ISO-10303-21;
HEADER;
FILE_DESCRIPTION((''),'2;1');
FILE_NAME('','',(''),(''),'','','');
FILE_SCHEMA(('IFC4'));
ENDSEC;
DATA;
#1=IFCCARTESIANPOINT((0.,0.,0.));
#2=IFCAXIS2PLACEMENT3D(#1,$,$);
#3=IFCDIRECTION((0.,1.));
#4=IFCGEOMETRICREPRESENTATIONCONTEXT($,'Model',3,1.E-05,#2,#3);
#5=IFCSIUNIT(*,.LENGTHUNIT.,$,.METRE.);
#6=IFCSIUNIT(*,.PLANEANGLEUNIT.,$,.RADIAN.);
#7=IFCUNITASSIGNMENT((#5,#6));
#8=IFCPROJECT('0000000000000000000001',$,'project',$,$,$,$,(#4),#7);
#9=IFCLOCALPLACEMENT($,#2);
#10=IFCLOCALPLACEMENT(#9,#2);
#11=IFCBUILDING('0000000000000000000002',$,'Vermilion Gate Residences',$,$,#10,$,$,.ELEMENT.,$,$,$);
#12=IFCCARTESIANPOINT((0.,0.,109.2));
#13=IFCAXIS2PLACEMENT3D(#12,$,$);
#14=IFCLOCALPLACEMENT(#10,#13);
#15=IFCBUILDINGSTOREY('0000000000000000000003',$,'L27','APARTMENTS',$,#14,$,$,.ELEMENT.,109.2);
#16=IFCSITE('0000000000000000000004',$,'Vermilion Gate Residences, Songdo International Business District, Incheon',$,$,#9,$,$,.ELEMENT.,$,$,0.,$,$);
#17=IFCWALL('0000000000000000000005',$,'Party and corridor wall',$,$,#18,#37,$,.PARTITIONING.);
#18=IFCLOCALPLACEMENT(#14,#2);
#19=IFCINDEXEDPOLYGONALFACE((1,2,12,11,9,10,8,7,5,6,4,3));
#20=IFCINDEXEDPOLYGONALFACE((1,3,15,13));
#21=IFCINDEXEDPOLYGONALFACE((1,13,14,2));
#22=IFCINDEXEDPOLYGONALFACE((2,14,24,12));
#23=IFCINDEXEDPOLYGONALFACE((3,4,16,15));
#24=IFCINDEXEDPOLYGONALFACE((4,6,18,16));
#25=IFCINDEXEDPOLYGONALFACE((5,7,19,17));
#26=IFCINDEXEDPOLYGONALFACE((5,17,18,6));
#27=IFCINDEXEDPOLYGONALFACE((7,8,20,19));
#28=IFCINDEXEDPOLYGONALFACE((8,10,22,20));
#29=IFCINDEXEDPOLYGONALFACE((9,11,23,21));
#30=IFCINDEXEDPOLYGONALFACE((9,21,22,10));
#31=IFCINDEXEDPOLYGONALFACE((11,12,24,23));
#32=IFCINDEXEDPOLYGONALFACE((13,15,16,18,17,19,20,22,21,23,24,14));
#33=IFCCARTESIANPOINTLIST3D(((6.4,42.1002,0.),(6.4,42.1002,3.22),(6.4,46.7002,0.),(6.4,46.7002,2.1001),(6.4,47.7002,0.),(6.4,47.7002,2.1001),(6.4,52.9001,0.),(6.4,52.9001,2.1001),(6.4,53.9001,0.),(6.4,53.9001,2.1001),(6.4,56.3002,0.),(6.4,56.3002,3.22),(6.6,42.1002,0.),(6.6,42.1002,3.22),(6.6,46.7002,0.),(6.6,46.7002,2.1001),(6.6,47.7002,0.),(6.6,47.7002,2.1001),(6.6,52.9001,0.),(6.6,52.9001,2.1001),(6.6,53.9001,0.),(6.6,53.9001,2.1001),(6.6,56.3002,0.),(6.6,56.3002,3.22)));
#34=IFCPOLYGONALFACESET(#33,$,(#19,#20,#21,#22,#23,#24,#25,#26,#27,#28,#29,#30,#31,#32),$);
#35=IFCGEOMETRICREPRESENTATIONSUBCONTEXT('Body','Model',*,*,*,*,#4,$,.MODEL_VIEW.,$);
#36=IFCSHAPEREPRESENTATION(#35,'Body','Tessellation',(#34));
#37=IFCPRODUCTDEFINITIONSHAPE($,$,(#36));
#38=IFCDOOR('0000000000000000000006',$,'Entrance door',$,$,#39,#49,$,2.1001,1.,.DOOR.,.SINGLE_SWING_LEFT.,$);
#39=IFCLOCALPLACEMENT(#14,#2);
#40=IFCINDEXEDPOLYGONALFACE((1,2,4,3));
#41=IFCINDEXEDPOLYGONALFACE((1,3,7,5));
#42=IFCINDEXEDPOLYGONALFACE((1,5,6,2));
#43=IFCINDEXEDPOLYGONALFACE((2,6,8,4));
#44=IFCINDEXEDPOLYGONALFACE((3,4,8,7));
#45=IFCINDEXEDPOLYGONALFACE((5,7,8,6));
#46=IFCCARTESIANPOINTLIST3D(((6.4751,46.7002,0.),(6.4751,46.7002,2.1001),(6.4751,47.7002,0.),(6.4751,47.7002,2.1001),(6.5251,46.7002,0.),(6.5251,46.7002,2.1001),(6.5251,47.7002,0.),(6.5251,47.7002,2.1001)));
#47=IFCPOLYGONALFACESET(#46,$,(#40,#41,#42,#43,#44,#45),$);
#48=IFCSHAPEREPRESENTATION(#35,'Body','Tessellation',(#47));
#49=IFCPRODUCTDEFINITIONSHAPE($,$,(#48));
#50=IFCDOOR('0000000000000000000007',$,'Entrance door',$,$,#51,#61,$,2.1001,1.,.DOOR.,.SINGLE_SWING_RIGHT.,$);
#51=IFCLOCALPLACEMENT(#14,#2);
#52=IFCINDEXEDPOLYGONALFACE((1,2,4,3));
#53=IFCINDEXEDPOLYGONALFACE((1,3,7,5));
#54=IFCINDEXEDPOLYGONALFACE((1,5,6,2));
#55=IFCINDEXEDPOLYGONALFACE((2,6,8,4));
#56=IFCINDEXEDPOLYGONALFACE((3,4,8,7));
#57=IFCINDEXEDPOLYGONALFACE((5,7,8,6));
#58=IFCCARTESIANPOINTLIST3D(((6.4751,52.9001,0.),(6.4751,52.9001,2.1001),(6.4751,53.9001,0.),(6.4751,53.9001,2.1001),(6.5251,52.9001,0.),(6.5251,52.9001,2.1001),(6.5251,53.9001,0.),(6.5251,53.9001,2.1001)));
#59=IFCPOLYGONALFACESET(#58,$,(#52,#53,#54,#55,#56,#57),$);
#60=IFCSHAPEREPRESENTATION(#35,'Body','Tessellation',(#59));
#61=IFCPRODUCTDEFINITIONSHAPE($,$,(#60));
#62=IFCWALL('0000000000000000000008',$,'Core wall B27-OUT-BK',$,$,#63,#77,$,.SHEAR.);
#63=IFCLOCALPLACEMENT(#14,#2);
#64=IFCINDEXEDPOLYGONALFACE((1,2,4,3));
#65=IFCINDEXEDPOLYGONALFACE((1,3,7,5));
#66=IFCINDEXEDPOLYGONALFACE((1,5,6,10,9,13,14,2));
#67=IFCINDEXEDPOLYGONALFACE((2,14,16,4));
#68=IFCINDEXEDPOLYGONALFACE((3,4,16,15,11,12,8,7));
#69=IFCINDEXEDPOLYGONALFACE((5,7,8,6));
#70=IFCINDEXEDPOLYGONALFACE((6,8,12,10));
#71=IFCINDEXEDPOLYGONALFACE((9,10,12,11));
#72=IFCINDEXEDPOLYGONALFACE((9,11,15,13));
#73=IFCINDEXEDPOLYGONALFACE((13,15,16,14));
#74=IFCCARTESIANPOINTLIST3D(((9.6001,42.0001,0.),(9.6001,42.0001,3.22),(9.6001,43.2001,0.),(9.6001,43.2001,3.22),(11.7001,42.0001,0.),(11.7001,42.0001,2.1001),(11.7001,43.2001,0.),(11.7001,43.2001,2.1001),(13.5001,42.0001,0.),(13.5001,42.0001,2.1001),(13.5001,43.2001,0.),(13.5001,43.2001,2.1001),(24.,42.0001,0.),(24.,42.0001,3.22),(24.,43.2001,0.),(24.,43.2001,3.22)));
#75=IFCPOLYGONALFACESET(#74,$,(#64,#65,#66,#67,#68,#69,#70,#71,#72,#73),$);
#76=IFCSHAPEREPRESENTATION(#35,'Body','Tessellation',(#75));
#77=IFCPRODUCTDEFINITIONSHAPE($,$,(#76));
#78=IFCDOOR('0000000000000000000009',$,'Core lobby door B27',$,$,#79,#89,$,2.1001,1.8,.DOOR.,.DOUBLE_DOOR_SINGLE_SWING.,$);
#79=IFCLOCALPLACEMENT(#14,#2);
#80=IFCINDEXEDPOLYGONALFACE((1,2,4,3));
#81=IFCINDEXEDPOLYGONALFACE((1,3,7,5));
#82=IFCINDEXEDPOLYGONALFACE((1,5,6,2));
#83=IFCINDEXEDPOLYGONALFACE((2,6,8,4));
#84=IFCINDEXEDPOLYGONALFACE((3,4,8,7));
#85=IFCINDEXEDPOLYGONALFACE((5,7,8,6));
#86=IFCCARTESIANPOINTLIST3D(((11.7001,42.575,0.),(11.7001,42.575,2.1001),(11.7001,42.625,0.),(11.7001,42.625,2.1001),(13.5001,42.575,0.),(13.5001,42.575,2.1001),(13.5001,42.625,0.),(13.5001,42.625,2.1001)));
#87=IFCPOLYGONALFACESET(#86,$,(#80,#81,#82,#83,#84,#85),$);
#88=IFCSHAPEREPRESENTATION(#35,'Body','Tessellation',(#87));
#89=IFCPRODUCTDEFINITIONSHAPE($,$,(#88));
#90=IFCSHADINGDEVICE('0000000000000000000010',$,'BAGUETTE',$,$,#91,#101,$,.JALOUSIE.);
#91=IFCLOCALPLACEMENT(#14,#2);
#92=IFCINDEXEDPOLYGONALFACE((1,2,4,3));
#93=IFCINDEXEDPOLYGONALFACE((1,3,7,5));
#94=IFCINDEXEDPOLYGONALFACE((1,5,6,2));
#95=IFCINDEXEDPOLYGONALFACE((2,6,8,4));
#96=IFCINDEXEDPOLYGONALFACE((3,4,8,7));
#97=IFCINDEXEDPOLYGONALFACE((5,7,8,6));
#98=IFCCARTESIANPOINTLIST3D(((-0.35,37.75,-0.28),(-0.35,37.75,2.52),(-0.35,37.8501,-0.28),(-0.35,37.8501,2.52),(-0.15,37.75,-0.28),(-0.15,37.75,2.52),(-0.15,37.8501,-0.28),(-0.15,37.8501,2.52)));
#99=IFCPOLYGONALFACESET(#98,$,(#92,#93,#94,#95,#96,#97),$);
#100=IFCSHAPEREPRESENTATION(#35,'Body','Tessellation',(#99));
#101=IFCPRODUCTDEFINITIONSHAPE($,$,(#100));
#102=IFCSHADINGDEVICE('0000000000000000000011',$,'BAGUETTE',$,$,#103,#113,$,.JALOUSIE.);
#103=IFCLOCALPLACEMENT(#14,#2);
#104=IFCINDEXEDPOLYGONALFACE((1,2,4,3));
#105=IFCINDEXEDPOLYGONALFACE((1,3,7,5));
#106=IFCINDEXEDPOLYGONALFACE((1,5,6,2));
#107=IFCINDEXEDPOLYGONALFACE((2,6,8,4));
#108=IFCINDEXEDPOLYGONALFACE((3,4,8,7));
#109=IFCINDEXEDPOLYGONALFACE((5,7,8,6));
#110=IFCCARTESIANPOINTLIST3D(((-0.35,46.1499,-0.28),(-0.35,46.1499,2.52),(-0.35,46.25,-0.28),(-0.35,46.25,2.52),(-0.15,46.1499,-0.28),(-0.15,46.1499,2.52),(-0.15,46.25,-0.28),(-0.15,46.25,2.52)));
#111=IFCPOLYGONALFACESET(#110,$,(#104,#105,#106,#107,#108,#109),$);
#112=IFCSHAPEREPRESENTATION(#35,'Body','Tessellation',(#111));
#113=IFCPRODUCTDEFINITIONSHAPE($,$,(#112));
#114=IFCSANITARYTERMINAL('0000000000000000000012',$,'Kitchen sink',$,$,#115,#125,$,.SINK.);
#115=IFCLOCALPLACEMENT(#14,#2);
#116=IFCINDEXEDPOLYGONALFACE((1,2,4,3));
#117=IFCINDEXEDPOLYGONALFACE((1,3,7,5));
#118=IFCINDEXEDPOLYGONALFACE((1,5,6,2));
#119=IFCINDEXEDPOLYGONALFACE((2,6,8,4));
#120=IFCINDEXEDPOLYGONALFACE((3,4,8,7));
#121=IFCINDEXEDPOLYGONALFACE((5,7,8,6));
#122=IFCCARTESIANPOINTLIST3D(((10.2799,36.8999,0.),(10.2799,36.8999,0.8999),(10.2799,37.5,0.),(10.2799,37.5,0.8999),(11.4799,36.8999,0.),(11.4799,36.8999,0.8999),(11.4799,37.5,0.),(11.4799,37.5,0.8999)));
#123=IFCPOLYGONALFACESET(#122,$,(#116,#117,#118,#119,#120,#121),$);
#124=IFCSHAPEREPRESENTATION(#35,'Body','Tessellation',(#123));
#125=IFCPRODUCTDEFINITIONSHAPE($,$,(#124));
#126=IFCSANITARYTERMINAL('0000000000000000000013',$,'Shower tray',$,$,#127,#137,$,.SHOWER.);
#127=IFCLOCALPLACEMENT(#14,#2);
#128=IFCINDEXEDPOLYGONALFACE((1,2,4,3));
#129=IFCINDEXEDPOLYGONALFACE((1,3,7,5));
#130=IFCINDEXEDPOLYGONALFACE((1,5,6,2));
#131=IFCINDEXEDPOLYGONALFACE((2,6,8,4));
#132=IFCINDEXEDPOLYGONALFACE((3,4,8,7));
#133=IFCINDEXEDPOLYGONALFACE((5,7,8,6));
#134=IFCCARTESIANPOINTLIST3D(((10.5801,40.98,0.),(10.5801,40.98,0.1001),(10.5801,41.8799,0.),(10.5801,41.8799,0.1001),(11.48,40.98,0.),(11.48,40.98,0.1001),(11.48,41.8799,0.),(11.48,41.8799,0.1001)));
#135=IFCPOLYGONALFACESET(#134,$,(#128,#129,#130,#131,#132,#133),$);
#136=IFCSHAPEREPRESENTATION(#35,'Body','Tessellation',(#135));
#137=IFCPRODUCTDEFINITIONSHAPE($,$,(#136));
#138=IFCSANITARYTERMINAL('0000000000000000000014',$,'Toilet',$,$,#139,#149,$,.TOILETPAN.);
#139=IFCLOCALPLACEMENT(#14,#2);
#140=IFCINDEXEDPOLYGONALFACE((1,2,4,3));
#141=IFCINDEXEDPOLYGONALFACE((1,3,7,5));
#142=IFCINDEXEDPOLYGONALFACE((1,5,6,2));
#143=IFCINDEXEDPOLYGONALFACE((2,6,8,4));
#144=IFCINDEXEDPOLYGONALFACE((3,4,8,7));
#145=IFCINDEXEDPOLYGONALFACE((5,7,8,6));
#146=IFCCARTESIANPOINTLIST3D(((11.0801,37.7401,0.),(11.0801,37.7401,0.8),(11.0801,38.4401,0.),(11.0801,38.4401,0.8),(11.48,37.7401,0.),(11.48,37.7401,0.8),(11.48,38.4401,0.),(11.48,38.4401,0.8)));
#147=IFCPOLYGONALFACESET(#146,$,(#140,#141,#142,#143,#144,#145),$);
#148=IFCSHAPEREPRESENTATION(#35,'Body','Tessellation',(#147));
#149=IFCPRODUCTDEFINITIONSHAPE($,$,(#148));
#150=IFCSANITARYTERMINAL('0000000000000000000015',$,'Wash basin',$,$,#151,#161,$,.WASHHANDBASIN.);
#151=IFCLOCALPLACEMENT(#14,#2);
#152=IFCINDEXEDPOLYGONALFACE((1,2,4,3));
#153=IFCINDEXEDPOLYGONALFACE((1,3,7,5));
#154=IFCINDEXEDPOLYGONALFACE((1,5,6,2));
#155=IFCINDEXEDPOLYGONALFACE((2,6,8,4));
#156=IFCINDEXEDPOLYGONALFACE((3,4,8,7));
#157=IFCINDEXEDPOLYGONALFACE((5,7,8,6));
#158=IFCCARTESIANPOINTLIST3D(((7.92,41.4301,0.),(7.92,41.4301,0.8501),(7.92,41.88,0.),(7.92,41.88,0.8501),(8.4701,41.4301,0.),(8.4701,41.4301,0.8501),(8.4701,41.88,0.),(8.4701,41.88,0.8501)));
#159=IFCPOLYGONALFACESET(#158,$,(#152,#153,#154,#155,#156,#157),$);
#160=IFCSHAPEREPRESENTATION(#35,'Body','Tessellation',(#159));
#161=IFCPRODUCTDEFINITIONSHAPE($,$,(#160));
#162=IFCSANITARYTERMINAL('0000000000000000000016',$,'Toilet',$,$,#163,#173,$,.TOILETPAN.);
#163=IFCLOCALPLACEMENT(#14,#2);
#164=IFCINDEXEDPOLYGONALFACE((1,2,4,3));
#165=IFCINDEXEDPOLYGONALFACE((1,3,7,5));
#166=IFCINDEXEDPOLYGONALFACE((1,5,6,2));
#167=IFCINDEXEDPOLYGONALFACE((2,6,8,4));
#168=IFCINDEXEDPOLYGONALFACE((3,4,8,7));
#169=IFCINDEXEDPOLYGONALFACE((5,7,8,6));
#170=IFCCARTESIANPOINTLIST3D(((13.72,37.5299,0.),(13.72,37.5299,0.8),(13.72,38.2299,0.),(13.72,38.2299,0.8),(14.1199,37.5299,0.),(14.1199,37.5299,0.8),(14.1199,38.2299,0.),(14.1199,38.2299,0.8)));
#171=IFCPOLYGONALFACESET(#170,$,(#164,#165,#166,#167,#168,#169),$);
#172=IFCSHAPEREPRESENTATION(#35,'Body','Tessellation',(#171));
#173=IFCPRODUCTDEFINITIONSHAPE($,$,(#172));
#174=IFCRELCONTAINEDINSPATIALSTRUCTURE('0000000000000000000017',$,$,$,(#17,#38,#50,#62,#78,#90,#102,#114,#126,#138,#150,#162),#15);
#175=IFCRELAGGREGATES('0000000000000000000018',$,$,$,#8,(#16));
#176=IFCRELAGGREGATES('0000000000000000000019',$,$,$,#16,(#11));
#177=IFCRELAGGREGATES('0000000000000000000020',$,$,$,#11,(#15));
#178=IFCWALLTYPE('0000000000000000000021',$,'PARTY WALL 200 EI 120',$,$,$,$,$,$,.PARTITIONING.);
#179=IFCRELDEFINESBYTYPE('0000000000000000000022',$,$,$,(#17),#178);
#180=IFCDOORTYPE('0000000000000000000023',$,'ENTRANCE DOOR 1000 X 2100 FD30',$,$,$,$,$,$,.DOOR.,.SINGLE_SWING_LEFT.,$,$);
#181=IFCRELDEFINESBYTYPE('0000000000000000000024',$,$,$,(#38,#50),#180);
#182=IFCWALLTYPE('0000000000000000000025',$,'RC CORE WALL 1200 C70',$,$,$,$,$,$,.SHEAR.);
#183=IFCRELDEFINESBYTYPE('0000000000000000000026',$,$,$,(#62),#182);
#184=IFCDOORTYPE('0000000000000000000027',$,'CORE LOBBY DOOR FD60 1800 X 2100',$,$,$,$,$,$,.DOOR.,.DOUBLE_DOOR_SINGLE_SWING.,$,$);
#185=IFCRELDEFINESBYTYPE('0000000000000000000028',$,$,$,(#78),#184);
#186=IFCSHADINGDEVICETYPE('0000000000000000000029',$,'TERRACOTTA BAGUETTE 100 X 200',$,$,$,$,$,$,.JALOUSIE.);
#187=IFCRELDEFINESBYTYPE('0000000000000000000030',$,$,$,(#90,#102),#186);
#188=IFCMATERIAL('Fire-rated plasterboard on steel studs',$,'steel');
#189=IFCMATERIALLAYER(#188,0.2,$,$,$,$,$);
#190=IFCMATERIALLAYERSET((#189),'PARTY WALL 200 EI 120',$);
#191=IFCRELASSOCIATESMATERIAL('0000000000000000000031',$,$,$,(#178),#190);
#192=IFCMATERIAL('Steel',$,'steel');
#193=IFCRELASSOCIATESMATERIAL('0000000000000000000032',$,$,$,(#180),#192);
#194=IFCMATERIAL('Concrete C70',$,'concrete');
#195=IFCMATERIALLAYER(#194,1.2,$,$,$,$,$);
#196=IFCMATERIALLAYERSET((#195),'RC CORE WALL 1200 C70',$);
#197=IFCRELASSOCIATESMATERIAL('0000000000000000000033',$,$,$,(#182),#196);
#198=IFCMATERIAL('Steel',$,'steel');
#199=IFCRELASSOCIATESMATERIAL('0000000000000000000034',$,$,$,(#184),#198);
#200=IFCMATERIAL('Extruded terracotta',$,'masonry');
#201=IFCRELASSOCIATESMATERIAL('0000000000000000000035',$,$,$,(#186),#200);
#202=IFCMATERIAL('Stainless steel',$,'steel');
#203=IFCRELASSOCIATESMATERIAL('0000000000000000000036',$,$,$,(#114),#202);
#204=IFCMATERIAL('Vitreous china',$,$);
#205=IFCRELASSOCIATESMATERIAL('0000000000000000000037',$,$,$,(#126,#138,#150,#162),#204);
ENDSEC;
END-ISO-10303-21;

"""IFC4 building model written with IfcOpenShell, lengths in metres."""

from ifc_helpers import new_model, si_unit, direction, frame, frame_2d, origin, origin_2d, place, context, subcontext, project, spatial, rectangle, extrude, material, layer, layer_set, material_profile, profile_set, type_object, element, fill, save


model = new_model("IFC4")

# Units and contexts
model_context = context("Model", 3, precision=1e-05, world=origin(), true_north=direction((0.0, 1.0)))
body_context = subcontext(model_context, "Body", "Model", "MODEL_VIEW")
ifc_project = project(units=[si_unit("LENGTHUNIT", "METRE"), si_unit("PLANEANGLEUNIT", "RADIAN")], contexts=[model_context])

# Site, building, storey
site_placement = place(None, origin())
site = spatial("IfcSite", under=ifc_project, at=site_placement, Name="Vermilion Gate Residences, Songdo International Business District, Incheon", CompositionType="ELEMENT", RefElevation=0.0)
building_placement = place(site_placement, origin())
building = spatial("IfcBuilding", under=site, at=building_placement, Name="Vermilion Gate Residences", CompositionType="ELEMENT")
storey_placement = place(building_placement, frame((0.0, 0.0, 109.2)))
storey = spatial("IfcBuildingStorey", under=building, at=storey_placement, Name="L27", Description="APARTMENTS", CompositionType="ELEMENT", Elevation=109.2)

# Shared definitions
ifc_material_1 = material(Name="Fire-rated plasterboard on steel studs", Category="steel")
ifc_layer_1 = layer(ifc_material_1, 0.2)
ifc_layer_set_1 = layer_set([ifc_layer_1], Name="PARTY WALL 200 EI 120")
wall_type_1 = type_object("IfcWallType", Name="PARTY WALL 200 EI 120", PredefinedType="PARTITIONING", material=ifc_layer_set_1)

# Wall, openings, doors
wall_1_placement = place(storey_placement, frame((6.5, 42.1001, 0.0), z_axis=(0.0, 0.0, 1.0), x_axis=(0.0, 1.0, 0.0)))
wall_1 = element("IfcWall", 1, at=wall_1_placement, inside=storey, type_object=wall_type_1, Name="Party and corridor wall", PredefinedType="PARTITIONING", context=body_context, shape_type="SweptSolid", body=[
    extrude(rectangle(XDim=14.2, YDim=0.2, at=frame_2d((7.1001, 0.0))), origin(), (0.0, 0.0, 1.0), 3.22),
])
opening_1_placement = place(wall_1_placement, frame((4.6001, 0.0, 0.0)))
opening_1 = element("IfcOpeningElement", 2, at=opening_1_placement, cuts=wall_1, PredefinedType="OPENING", context=body_context, shape_type="SweptSolid", body=[
    extrude(rectangle(XDim=1.0, YDim=2.1001, at=frame_2d((0.5, 1.05))), frame((0.0, 0.1099, 0.0), z_axis=(0.0, -1.0, 0.0), x_axis=(1.0, 0.0, 0.0)), (0.0, 0.0, 1.0), 0.22),
])
opening_2_placement = place(wall_1_placement, frame((10.8, 0.0, 0.0)))
opening_2 = element("IfcOpeningElement", 3, at=opening_2_placement, cuts=wall_1, PredefinedType="OPENING", context=body_context, shape_type="SweptSolid", body=[
    extrude(rectangle(XDim=1.0, YDim=2.1001, at=frame_2d((0.5, 1.05))), frame((0.0, 0.1099, 0.0), z_axis=(0.0, -1.0, 0.0), x_axis=(1.0, 0.0, 0.0)), (0.0, 0.0, 1.0), 0.22),
])
ifc_material_2 = material(Name="Steel", Category="steel")
door_type_1 = type_object("IfcDoorType", Name="ENTRANCE DOOR 1000 X 2100 FD30", OperationType="SINGLE_SWING_LEFT", PredefinedType="DOOR", material=ifc_material_2)
door_1_placement = place(opening_1_placement, origin())
door_1 = element("IfcDoor", 4, at=door_1_placement, inside=storey, type_object=door_type_1, Name="Entrance door", OperationType="SINGLE_SWING_LEFT", OverallHeight=2.1001, OverallWidth=1.0, PredefinedType="DOOR", context=body_context, shape_type="SweptSolid", body=[
    extrude(rectangle(XDim=1.0, YDim=2.1001, at=frame_2d((0.5, 1.05))), frame((0.0, 0.0249, 0.0), z_axis=(0.0, -1.0, 0.0), x_axis=(1.0, 0.0, 0.0)), (0.0, 0.0, 1.0), 0.05),
])
fill(opening_1, door_1)
door_2_placement = place(opening_2_placement, origin())
door_2 = element("IfcDoor", 5, at=door_2_placement, inside=storey, type_object=door_type_1, Name="Entrance door", OperationType="SINGLE_SWING_RIGHT", OverallHeight=2.1001, OverallWidth=1.0, PredefinedType="DOOR", context=body_context, shape_type="SweptSolid", body=[
    extrude(rectangle(XDim=1.0, YDim=2.1001, at=frame_2d((0.5, 1.05))), frame((0.0, 0.0249, 0.0), z_axis=(0.0, -1.0, 0.0), x_axis=(1.0, 0.0, 0.0)), (0.0, 0.0, 1.0), 0.05),
])
fill(opening_2, door_2)

# Wall, opening, door
ifc_material_3 = material(Name="Concrete C70", Category="concrete")
ifc_layer_2 = layer(ifc_material_3, 1.2)
ifc_layer_set_2 = layer_set([ifc_layer_2], Name="RC CORE WALL 1200 C70")
wall_type_2 = type_object("IfcWallType", Name="RC CORE WALL 1200 C70", PredefinedType="SHEAR", material=ifc_layer_set_2)
wall_2_placement = place(storey_placement, frame((9.6001, 42.6001, 0.0), z_axis=(0.0, 0.0, 1.0), x_axis=(1.0, 0.0, 0.0)))
wall_2 = element("IfcWall", 6, at=wall_2_placement, inside=storey, type_object=wall_type_2, Name="Core wall B27-OUT-BK", PredefinedType="SHEAR", context=body_context, shape_type="SweptSolid", body=[
    extrude(rectangle(XDim=14.3999, YDim=1.2, at=frame_2d((7.2, 0.0))), origin(), (0.0, 0.0, 1.0), 3.22),
])
opening_3_placement = place(wall_2_placement, frame((2.1001, 0.0, 0.0)))
opening_3 = element("IfcOpeningElement", 7, at=opening_3_placement, cuts=wall_2, PredefinedType="OPENING", context=body_context, shape_type="SweptSolid", body=[
    extrude(rectangle(XDim=1.8, YDim=2.1001, at=frame_2d((0.8999, 1.05))), frame((0.0, 0.6099, 0.0), z_axis=(0.0, -1.0, 0.0), x_axis=(1.0, 0.0, 0.0)), (0.0, 0.0, 1.0), 1.22),
])
ifc_material_4 = material(Name="Steel", Category="steel")
door_type_2 = type_object("IfcDoorType", Name="CORE LOBBY DOOR FD60 1800 X 2100", OperationType="DOUBLE_DOOR_SINGLE_SWING", PredefinedType="DOOR", material=ifc_material_4)
door_3_placement = place(opening_3_placement, origin())
door_3 = element("IfcDoor", 8, at=door_3_placement, inside=storey, type_object=door_type_2, Name="Core lobby door B27", OperationType="DOUBLE_DOOR_SINGLE_SWING", OverallHeight=2.1001, OverallWidth=1.8, PredefinedType="DOOR", context=body_context, shape_type="SweptSolid", body=[
    extrude(rectangle(XDim=1.8, YDim=2.1001, at=frame_2d((0.8999, 1.05))), frame((0.0, 0.0249, 0.0), z_axis=(0.0, -1.0, 0.0), x_axis=(1.0, 0.0, 0.0)), (0.0, 0.0, 1.0), 0.05),
])
fill(opening_3, door_3)

# Shading devices
ifc_material_5 = material(Name="Extruded terracotta", Category="masonry")
ifc_material_profile_1 = material_profile(ifc_material_5, rectangle(XDim=0.2, YDim=0.1001, at=origin_2d()), Name="BAGUETTE 100 X 200")
ifc_profile_set_1 = profile_set([ifc_material_profile_1], Name="Extruded terracotta")
shading_device_type = type_object("IfcShadingDeviceType", Name="TERRACOTTA BAGUETTE 100 X 200", PredefinedType="JALOUSIE", material=ifc_profile_set_1)
for number, where, z_axis, x_axis, name in (
    (9, (-0.25, 37.8, -0.28), (0.0, 0.0, 1.0), (1.0, 0.0, 0.0), "BAGUETTE"),
    (10, (-0.25, 46.2, -0.28), (0.0, 0.0, 1.0), (1.0, 0.0, 0.0), "BAGUETTE"),
):
    element("IfcShadingDevice", number, at=place(storey_placement, frame(where, z_axis=z_axis, x_axis=x_axis)), inside=storey, type_object=shading_device_type, Name=name, PredefinedType="JALOUSIE", context=body_context, shape_type="SweptSolid", body=[
        extrude(rectangle(XDim=0.2, YDim=0.1001, at=origin_2d()), origin(), (0.0, 0.0, 1.0), 2.8),
    ])

# Sanitary terminals
ifc_material_6 = material(Name="Stainless steel", Category="steel")
sanitary_terminal_1_placement = place(storey_placement, frame((10.8799, 37.2, 0.0), z_axis=(0.0, 0.0, 1.0), x_axis=(1.0, 0.0, 0.0)))
element("IfcSanitaryTerminal", 11, at=sanitary_terminal_1_placement, inside=storey, material=ifc_material_6, Name="Kitchen sink", PredefinedType="SINK", context=body_context, shape_type="SweptSolid", body=[
    extrude(rectangle(XDim=1.2, YDim=0.6001, at=origin_2d()), origin(), (0.0, 0.0, 1.0), 0.8999),
])
ifc_material_7 = material(Name="Vitreous china")
sanitary_terminal_2_placement = place(storey_placement, frame((11.03, 41.4299, 0.0), z_axis=(0.0, 0.0, 1.0), x_axis=(1.0, 0.0, 0.0)))
element("IfcSanitaryTerminal", 12, at=sanitary_terminal_2_placement, inside=storey, material=ifc_material_7, Name="Shower tray", PredefinedType="SHOWER", context=body_context, shape_type="SweptSolid", body=[
    extrude(rectangle(XDim=0.8999, YDim=0.8999, at=origin_2d()), origin(), (0.0, 0.0, 1.0), 0.1001),
])
sanitary_terminal_3_placement = place(storey_placement, frame((11.28, 38.0901, 0.0), z_axis=(0.0, 0.0, 1.0), x_axis=(1.0, 0.0, 0.0)))
element("IfcSanitaryTerminal", 13, at=sanitary_terminal_3_placement, inside=storey, material=ifc_material_7, Name="Toilet", PredefinedType="TOILETPAN", context=body_context, shape_type="SweptSolid", body=[
    extrude(rectangle(XDim=0.3999, YDim=0.7, at=origin_2d()), origin(), (0.0, 0.0, 1.0), 0.8),
])
sanitary_terminal_4_placement = place(storey_placement, frame((8.1951, 41.655, 0.0), z_axis=(0.0, 0.0, 1.0), x_axis=(1.0, 0.0, 0.0)))
element("IfcSanitaryTerminal", 14, at=sanitary_terminal_4_placement, inside=storey, material=ifc_material_7, Name="Wash basin", PredefinedType="WASHHANDBASIN", context=body_context, shape_type="SweptSolid", body=[
    extrude(rectangle(XDim=0.55, YDim=0.45, at=origin_2d()), origin(), (0.0, 0.0, 1.0), 0.8501),
])
sanitary_terminal_5_placement = place(storey_placement, frame((13.9199, 37.8799, 0.0), z_axis=(0.0, 0.0, 1.0), x_axis=(1.0, 0.0, 0.0)))
element("IfcSanitaryTerminal", 15, at=sanitary_terminal_5_placement, inside=storey, material=ifc_material_7, Name="Toilet", PredefinedType="TOILETPAN", context=body_context, shape_type="SweptSolid", body=[
    extrude(rectangle(XDim=0.3999, YDim=0.7, at=origin_2d()), origin(), (0.0, 0.0, 1.0), 0.8),
])

save(model, "model.ifc")
